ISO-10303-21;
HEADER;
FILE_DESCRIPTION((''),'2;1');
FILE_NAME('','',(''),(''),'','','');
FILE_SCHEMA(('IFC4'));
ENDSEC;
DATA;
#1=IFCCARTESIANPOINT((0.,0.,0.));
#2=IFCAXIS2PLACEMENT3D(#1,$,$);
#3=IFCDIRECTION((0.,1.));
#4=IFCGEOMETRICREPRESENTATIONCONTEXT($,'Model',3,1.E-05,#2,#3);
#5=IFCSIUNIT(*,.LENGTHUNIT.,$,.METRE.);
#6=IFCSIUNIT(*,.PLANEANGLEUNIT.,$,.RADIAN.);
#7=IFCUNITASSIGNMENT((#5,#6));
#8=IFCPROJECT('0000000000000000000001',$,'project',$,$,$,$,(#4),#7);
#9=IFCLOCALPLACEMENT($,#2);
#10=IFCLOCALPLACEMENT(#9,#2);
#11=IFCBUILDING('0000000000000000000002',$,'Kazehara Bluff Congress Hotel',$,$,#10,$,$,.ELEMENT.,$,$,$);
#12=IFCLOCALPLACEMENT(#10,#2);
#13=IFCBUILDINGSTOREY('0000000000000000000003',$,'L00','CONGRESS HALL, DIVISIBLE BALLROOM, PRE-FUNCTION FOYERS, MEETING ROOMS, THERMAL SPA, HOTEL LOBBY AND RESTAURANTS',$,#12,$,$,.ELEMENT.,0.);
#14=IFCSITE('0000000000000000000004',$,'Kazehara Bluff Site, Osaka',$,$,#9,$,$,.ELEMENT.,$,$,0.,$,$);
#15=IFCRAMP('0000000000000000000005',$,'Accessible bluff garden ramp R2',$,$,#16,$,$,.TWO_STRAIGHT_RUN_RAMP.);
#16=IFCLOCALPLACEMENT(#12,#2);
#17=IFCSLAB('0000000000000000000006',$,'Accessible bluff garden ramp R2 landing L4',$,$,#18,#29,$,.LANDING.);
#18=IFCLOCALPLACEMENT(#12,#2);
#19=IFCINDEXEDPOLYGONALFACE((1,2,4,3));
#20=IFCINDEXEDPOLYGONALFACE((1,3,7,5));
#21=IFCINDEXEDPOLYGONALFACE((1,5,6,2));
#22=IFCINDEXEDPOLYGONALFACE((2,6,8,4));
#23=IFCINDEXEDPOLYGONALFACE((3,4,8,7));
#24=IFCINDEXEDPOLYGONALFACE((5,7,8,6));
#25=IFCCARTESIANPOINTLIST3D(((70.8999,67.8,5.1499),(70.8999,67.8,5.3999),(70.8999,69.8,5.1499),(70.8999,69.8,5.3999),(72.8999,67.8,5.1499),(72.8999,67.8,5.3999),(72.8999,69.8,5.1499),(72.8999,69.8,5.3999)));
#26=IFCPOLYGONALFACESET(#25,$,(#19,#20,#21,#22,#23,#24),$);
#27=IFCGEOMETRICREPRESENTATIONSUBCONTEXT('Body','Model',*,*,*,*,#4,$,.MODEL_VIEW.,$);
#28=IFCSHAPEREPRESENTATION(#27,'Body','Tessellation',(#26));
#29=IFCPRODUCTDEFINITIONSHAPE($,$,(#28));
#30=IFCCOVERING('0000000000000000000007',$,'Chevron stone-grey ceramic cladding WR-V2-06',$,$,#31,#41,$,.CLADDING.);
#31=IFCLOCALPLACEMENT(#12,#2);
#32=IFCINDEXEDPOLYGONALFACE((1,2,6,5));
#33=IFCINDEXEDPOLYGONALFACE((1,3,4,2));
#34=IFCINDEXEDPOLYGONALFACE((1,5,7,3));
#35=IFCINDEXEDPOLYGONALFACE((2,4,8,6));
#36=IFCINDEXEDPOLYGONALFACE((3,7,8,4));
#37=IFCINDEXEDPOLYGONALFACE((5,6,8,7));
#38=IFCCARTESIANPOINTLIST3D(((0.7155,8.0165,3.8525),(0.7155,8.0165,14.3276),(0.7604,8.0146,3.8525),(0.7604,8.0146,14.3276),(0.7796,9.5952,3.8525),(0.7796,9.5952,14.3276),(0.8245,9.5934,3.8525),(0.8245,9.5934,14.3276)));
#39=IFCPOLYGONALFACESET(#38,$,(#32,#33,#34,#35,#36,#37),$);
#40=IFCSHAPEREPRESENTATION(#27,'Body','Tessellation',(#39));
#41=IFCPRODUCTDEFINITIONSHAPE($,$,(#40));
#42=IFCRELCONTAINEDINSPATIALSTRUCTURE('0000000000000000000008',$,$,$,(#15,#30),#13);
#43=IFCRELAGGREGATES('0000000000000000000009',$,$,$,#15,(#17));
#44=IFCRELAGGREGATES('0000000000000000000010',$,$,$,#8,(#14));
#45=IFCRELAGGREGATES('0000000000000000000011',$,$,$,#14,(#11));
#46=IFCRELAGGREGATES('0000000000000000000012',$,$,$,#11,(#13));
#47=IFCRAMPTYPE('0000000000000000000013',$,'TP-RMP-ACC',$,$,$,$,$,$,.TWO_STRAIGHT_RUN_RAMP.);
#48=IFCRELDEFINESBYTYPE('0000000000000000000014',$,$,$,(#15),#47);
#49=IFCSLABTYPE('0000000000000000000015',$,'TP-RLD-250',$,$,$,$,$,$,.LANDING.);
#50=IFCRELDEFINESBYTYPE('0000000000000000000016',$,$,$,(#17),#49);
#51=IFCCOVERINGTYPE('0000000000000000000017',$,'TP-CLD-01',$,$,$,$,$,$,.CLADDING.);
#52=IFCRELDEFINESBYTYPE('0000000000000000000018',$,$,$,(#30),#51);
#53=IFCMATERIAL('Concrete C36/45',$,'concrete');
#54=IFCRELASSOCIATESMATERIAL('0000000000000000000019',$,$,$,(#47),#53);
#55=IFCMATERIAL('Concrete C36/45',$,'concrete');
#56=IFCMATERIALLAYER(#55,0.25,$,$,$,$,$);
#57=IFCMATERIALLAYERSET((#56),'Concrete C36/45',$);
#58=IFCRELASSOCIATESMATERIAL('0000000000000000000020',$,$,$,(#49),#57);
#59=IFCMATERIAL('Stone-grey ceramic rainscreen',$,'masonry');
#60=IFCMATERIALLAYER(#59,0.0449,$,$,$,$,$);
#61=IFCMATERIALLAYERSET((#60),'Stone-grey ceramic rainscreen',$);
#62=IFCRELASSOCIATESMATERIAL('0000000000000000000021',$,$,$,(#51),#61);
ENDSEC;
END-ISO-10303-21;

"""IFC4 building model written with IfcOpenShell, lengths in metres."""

from ifc_helpers import new_model, si_unit, direction, frame, origin, origin_2d, place, context, subcontext, project, spatial, polyline, rectangle, outline, extrude, material, layer, layer_set, type_object, element, aggregate, save


model = new_model("IFC4")

# Units and contexts
model_context = context("Model", 3, precision=1e-05, world=origin(), true_north=direction((0.0, 1.0)))
body_context = subcontext(model_context, "Body", "Model", "MODEL_VIEW")
ifc_project = project(units=[si_unit("LENGTHUNIT", "METRE"), si_unit("PLANEANGLEUNIT", "RADIAN")], contexts=[model_context])

# Site, building, storey
site_placement = place(None, origin())
site = spatial("IfcSite", under=ifc_project, at=site_placement, Name="Kazehara Bluff Site, Osaka", CompositionType="ELEMENT", RefElevation=0.0)
building_placement = place(site_placement, origin())
building = spatial("IfcBuilding", under=site, at=building_placement, Name="Kazehara Bluff Congress Hotel", CompositionType="ELEMENT")
storey_placement = place(building_placement, origin())
storey = spatial("IfcBuildingStorey", under=building, at=storey_placement, Name="L00", Description="CONGRESS HALL, DIVISIBLE BALLROOM, PRE-FUNCTION FOYERS, MEETING ROOMS, THERMAL SPA, HOTEL LOBBY AND RESTAURANTS", CompositionType="ELEMENT", Elevation=0.0)

# Ramp, slab
ifc_material_1 = material(Name="Concrete C36/45", Category="concrete")
ramp_type = type_object("IfcRampType", Name="TP-RMP-ACC", PredefinedType="TWO_STRAIGHT_RUN_RAMP", material=ifc_material_1)
ramp_placement = place(storey_placement, origin())
ramp = element("IfcRamp", 1, at=ramp_placement, inside=storey, type_object=ramp_type, Name="Accessible bluff garden ramp R2", PredefinedType="TWO_STRAIGHT_RUN_RAMP")
ifc_material_2 = material(Name="Concrete C36/45", Category="concrete")
ifc_layer_1 = layer(ifc_material_2, 0.25)
ifc_layer_set_1 = layer_set([ifc_layer_1], Name="Concrete C36/45")
slab_type = type_object("IfcSlabType", Name="TP-RLD-250", PredefinedType="LANDING", material=ifc_layer_set_1)
slab_placement = place(storey_placement, frame((0.0, 0.0, 5.1499)))
slab = element("IfcSlab", 2, at=slab_placement, type_object=slab_type, Name="Accessible bluff garden ramp R2 landing L4", PredefinedType="LANDING", context=body_context, shape_type="SweptSolid", body=[
    extrude(outline(polyline([(70.8999, 67.8), (72.8999, 67.8), (72.8999, 69.8), (70.8999, 69.8), (70.8999, 67.8)])), origin(), (0.0, 0.0, 1.0), 0.25),
])
aggregate(ramp, [slab])

# Covering
ifc_material_3 = material(Name="Stone-grey ceramic rainscreen", Category="masonry")
ifc_layer_2 = layer(ifc_material_3, 0.0449)
ifc_layer_set_2 = layer_set([ifc_layer_2], Name="Stone-grey ceramic rainscreen")
covering_type_1 = type_object("IfcCoveringType", Name="TP-CLD-01", PredefinedType="CLADDING", material=ifc_layer_set_2)
covering_1_placement = place(storey_placement, frame((0.77, 8.8049, 3.8525), z_axis=(0.0, 0.0, 1.0), x_axis=(0.040592, 0.999176, 0.0)))
element("IfcCovering", 3, at=covering_1_placement, inside=storey, type_object=covering_type_1, Name="Chevron stone-grey ceramic cladding WR-V2-06", PredefinedType="CLADDING", context=body_context, shape_type="SweptSolid", body=[
    extrude(rectangle(XDim=1.5801, YDim=0.0449, at=origin_2d()), origin(), (0.0, 0.0, 1.0), 10.4751),
])

save(model, "model.ifc")
